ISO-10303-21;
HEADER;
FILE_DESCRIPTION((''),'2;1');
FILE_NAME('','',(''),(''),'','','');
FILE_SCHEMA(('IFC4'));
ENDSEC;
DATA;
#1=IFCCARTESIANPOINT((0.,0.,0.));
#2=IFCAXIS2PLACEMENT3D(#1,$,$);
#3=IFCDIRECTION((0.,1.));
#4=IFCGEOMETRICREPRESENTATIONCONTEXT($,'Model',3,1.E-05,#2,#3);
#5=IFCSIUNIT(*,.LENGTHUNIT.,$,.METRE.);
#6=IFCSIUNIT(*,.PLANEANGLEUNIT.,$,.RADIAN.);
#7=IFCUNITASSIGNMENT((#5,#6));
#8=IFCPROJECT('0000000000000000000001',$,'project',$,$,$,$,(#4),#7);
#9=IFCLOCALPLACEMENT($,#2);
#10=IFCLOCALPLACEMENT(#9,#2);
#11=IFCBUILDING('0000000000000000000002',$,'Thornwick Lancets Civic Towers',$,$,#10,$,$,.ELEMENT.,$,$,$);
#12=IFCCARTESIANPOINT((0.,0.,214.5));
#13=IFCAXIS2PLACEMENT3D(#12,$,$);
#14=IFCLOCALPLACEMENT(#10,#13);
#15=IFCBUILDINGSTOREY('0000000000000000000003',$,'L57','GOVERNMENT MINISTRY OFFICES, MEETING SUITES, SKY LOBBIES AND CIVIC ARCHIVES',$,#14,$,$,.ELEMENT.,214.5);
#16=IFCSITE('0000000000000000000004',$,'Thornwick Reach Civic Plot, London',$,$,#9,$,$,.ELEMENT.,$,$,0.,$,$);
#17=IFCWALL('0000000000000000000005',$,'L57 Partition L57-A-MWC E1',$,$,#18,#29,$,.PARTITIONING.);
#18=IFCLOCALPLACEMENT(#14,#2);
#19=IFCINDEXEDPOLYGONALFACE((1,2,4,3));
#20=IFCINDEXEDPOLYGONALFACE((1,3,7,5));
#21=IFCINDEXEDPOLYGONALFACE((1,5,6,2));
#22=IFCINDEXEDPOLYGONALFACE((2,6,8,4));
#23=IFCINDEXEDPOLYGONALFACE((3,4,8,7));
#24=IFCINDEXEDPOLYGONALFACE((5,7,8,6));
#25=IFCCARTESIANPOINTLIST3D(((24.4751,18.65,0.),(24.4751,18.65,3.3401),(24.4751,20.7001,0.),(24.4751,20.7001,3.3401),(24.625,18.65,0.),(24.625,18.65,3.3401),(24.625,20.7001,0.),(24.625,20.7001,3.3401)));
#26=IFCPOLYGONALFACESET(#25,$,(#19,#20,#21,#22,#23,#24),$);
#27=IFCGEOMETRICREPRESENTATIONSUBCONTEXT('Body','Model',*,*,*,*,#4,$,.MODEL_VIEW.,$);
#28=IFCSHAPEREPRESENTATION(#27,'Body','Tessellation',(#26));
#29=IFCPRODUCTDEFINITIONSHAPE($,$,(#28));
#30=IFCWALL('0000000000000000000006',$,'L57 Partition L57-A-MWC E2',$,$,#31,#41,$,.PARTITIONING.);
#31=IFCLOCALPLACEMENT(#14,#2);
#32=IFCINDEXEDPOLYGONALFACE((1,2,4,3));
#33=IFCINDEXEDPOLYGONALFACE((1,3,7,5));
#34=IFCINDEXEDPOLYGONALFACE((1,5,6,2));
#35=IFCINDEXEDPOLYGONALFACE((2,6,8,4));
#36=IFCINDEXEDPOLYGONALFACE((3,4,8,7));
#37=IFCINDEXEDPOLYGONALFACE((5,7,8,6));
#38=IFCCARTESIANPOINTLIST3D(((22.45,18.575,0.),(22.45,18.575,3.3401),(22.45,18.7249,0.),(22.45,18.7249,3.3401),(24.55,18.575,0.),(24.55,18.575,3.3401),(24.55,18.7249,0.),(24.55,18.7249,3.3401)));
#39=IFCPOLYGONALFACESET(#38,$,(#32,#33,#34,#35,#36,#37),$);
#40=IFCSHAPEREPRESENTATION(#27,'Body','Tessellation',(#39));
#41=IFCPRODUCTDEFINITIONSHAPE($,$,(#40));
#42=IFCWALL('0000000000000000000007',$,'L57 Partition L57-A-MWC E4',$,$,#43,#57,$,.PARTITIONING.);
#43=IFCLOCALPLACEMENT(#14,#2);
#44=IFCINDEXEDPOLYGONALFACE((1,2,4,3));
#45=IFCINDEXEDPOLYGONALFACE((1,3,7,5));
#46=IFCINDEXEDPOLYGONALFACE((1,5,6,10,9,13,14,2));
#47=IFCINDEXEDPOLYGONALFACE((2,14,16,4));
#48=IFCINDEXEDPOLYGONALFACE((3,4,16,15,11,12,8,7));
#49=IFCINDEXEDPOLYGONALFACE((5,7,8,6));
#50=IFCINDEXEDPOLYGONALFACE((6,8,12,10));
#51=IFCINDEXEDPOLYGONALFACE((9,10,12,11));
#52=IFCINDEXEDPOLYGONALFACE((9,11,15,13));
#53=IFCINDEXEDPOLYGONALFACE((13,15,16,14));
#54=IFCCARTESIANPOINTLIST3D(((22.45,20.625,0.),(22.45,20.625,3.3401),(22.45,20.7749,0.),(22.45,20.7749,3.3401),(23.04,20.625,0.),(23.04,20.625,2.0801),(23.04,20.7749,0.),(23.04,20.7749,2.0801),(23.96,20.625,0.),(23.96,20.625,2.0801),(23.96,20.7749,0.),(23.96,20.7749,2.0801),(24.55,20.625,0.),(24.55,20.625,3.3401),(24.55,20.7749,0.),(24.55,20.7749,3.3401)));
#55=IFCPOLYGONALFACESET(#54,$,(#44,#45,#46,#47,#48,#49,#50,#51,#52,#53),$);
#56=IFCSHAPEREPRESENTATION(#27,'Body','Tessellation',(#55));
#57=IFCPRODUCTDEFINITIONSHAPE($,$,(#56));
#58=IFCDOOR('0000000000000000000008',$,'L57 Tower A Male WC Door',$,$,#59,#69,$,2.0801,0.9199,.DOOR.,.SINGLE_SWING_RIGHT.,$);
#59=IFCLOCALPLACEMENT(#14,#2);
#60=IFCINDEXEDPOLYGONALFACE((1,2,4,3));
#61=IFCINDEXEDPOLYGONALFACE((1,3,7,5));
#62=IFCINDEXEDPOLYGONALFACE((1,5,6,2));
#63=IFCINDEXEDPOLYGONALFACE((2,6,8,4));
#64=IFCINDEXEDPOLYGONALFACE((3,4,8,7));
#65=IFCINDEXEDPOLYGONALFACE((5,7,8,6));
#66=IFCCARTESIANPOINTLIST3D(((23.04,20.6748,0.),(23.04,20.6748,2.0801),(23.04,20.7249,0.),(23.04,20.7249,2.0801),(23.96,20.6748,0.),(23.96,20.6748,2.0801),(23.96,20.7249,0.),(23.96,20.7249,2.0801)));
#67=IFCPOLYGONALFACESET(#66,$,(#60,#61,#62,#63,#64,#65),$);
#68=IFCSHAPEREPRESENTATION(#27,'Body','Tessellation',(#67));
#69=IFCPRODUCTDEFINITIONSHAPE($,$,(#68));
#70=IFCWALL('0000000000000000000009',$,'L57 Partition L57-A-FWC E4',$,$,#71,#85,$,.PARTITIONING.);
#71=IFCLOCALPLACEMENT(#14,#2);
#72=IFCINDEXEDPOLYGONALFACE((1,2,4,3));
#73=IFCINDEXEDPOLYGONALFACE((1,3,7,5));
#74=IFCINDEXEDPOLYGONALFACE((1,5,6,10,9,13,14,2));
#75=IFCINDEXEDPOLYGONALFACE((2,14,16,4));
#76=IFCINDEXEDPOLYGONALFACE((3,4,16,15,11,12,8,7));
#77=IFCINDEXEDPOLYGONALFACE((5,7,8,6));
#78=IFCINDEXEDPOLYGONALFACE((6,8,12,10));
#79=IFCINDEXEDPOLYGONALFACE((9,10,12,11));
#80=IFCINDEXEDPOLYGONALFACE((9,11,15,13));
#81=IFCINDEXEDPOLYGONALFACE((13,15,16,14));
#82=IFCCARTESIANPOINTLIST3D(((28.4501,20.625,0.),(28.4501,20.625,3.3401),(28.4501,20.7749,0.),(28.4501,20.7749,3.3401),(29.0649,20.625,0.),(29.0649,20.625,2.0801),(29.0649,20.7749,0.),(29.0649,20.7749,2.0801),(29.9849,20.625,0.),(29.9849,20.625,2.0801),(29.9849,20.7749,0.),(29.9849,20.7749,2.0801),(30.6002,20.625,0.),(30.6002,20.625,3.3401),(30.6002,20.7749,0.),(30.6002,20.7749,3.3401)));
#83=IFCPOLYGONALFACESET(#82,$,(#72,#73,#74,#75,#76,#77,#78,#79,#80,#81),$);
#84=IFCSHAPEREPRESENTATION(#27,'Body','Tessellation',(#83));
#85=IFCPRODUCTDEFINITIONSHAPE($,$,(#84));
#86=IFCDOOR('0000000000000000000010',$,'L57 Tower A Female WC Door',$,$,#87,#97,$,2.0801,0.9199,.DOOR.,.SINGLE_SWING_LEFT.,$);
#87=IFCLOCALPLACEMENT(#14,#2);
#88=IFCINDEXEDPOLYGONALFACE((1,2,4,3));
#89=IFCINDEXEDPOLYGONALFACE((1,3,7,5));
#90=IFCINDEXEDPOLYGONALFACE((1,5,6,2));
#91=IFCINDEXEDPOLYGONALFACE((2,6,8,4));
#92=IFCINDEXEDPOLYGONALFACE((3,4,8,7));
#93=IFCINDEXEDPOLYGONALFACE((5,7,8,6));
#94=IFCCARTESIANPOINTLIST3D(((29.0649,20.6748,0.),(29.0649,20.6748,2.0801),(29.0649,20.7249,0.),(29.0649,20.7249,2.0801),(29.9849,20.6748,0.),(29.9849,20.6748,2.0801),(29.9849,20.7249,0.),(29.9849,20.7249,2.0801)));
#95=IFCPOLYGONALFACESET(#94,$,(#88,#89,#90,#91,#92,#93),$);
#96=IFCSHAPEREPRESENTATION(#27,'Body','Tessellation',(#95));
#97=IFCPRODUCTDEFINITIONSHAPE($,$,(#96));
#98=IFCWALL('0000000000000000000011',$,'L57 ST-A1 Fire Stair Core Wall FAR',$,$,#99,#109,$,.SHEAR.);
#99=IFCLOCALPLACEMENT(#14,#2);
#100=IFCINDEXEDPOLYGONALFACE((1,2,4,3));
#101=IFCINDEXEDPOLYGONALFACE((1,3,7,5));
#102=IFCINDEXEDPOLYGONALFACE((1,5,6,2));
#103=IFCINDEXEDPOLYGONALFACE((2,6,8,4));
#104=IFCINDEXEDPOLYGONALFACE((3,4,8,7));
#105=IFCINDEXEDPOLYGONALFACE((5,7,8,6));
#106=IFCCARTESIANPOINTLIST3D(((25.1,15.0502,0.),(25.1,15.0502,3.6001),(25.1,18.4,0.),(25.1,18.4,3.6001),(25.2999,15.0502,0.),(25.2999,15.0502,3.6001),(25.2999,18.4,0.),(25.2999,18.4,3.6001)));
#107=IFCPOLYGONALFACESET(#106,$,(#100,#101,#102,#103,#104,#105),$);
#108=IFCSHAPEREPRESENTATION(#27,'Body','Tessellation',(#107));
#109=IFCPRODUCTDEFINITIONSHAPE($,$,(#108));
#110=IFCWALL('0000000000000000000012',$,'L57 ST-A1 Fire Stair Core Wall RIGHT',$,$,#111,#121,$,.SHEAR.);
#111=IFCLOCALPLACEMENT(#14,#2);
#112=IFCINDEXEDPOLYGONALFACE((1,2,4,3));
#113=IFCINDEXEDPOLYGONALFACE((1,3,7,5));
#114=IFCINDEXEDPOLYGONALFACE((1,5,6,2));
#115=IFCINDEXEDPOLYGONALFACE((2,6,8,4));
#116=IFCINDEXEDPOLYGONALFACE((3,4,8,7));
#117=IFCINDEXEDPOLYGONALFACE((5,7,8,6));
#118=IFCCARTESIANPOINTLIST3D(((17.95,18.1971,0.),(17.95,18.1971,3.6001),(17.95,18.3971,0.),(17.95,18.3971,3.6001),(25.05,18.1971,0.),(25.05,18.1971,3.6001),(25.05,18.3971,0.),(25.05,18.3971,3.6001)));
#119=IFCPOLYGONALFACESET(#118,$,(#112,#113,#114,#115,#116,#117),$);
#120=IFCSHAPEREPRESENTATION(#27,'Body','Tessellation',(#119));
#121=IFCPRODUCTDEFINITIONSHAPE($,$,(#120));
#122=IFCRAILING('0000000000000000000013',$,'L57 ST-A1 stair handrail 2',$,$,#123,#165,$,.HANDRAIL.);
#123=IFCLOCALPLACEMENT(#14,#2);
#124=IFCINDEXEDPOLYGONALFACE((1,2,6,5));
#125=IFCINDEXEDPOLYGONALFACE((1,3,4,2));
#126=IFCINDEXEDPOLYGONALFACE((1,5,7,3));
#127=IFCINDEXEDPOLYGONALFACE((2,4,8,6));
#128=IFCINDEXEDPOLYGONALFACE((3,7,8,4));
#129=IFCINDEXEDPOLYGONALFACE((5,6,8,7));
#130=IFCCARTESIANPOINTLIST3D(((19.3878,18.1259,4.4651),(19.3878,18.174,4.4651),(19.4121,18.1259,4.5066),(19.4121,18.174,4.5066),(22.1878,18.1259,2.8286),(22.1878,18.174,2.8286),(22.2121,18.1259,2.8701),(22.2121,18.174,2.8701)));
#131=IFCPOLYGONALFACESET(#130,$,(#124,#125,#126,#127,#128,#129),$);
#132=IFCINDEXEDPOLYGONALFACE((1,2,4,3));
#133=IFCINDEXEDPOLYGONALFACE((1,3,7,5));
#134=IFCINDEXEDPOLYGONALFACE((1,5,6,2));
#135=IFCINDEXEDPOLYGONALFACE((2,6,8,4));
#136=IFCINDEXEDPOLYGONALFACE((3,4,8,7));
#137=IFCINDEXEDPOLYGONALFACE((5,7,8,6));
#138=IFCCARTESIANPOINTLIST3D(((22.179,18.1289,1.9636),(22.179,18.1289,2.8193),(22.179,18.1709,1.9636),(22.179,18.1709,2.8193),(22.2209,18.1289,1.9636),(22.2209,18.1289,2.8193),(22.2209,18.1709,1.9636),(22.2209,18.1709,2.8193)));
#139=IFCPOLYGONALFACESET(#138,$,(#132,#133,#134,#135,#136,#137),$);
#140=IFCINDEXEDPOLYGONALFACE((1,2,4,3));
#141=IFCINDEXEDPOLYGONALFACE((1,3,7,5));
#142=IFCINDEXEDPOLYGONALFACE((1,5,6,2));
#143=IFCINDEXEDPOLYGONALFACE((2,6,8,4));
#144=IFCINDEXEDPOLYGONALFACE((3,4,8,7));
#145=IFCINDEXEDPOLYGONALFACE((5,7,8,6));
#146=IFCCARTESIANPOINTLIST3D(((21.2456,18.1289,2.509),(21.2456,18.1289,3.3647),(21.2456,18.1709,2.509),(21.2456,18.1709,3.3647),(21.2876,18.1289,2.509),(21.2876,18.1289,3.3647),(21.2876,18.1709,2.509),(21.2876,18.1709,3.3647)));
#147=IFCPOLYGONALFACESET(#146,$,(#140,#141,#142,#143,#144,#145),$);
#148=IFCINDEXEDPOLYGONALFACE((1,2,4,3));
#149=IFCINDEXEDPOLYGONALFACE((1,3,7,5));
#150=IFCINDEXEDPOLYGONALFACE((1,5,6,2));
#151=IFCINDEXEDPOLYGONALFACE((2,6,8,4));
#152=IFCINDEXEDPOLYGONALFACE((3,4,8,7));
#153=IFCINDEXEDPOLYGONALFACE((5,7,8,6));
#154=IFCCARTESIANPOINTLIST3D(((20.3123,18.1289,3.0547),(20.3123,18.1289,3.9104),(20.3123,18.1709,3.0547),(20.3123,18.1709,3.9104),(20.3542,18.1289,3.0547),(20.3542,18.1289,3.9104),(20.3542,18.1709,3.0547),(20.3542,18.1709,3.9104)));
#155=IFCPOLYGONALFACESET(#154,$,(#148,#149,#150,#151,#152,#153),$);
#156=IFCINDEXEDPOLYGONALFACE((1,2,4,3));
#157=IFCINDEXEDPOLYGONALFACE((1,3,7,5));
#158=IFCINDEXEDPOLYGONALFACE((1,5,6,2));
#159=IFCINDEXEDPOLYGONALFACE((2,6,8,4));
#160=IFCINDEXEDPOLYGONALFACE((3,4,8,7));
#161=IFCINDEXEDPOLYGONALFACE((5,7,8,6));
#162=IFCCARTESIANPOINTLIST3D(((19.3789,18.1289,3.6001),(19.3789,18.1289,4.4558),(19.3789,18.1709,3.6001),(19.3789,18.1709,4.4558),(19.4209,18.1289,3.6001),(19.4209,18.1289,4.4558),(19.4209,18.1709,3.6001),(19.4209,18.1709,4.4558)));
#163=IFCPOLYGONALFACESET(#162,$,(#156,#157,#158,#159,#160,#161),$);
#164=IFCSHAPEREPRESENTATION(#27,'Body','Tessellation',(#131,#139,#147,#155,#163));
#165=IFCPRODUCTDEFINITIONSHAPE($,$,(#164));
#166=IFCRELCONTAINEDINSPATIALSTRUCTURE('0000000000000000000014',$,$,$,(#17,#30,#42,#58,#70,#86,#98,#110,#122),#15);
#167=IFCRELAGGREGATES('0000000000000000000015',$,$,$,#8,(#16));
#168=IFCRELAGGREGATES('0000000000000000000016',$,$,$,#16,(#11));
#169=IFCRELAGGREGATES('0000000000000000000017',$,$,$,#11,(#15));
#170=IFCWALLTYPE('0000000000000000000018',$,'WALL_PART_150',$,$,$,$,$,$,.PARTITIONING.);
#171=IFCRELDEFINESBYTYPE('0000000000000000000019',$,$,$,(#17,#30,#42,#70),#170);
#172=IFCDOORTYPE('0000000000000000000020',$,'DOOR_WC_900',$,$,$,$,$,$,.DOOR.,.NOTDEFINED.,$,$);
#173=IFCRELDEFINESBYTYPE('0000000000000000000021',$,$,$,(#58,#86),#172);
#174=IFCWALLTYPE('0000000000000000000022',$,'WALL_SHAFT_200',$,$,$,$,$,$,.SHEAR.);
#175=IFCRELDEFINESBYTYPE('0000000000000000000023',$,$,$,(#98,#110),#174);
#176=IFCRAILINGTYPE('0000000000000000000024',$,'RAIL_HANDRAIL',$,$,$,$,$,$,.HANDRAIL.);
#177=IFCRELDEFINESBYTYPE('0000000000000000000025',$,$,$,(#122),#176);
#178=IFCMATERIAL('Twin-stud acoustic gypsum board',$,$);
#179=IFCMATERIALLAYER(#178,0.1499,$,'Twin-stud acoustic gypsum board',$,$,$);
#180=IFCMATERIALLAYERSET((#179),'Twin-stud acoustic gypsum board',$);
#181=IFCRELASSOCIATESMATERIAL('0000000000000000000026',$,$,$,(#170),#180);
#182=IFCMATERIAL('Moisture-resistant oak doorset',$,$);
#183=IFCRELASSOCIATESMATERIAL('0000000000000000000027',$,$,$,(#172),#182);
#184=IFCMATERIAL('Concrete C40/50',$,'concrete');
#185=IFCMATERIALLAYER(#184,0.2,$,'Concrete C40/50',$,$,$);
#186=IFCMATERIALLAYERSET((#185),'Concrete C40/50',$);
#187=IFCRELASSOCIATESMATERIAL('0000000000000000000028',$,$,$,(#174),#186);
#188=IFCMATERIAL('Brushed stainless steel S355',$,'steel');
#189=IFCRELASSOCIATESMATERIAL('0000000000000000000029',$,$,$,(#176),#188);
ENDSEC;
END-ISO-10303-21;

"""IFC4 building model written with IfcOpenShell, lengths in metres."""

from ifc_helpers import new_model, si_unit, direction, frame, frame_2d, origin, origin_2d, place, context, subcontext, project, spatial, rectangle, extrude, material, layer, layer_set, type_object, element, fill, save


model = new_model("IFC4")

# Units and contexts
model_context = context("Model", 3, precision=1e-05, world=origin(), true_north=direction((0.0, 1.0)))
body_context = subcontext(model_context, "Body", "Model", "MODEL_VIEW")
ifc_project = project(units=[si_unit("LENGTHUNIT", "METRE"), si_unit("PLANEANGLEUNIT", "RADIAN")], contexts=[model_context])

# Site, building, storey
site_placement = place(None, origin())
site = spatial("IfcSite", under=ifc_project, at=site_placement, Name="Thornwick Reach Civic Plot, London", CompositionType="ELEMENT", RefElevation=0.0)
building_placement = place(site_placement, origin())
building = spatial("IfcBuilding", under=site, at=building_placement, Name="Thornwick Lancets Civic Towers", CompositionType="ELEMENT")
storey_placement = place(building_placement, frame((0.0, 0.0, 214.5)))
storey = spatial("IfcBuildingStorey", under=building, at=storey_placement, Name="L57", Description="GOVERNMENT MINISTRY OFFICES, MEETING SUITES, SKY LOBBIES AND CIVIC ARCHIVES", CompositionType="ELEMENT", Elevation=214.5)

# Shared definitions
ifc_material_1 = material(Name="Concrete C40/50", Category="concrete")

# Walls
ifc_material_2 = material(Name="Twin-stud acoustic gypsum board")
ifc_layer_1 = layer(ifc_material_2, 0.1499, Name="Twin-stud acoustic gypsum board")
ifc_layer_set_1 = layer_set([ifc_layer_1], Name="Twin-stud acoustic gypsum board")
wall_type_1 = type_object("IfcWallType", Name="WALL_PART_150", PredefinedType="PARTITIONING", material=ifc_layer_set_1)
wall_1_placement = place(storey_placement, frame((24.55, 20.7, 0.0), z_axis=(0.0, 0.0, 1.0), x_axis=(0.0, -1.0, 0.0)))
element("IfcWall", 1, at=wall_1_placement, inside=storey, type_object=wall_type_1, Name="L57 Partition L57-A-MWC E1", PredefinedType="PARTITIONING", context=body_context, shape_type="SweptSolid", body=[
    extrude(rectangle(XDim=2.05, YDim=0.1499, at=frame_2d((1.0249, 0.0))), origin(), (0.0, 0.0, 1.0), 3.3401),
])
wall_2_placement = place(storey_placement, frame((24.55, 18.6499, 0.0), z_axis=(0.0, 0.0, 1.0), x_axis=(-1.0, 0.0, 0.0)))
element("IfcWall", 2, at=wall_2_placement, inside=storey, type_object=wall_type_1, Name="L57 Partition L57-A-MWC E2", PredefinedType="PARTITIONING", context=body_context, shape_type="SweptSolid", body=[
    extrude(rectangle(XDim=2.1001, YDim=0.1499, at=frame_2d((1.05, 0.0))), origin(), (0.0, 0.0, 1.0), 3.3401),
])

# Walls, openings, doors
wall_3_placement = place(storey_placement, frame((22.45, 20.7, 0.0), z_axis=(0.0, 0.0, 1.0), x_axis=(1.0, 0.0, 0.0)))
wall_3 = element("IfcWall", 3, at=wall_3_placement, inside=storey, type_object=wall_type_1, Name="L57 Partition L57-A-MWC E4", PredefinedType="PARTITIONING", context=body_context, shape_type="SweptSolid", body=[
    extrude(rectangle(XDim=2.1001, YDim=0.1499, at=frame_2d((1.05, 0.0))), origin(), (0.0, 0.0, 1.0), 3.3401),
])
opening_1_placement = place(wall_3_placement, frame((0.5901, 0.0, 0.0)))
opening_1 = element("IfcOpeningElement", 4, at=opening_1_placement, cuts=wall_3, PredefinedType="OPENING", context=body_context, shape_type="SweptSolid", body=[
    extrude(rectangle(XDim=0.9199, YDim=2.0801, at=frame_2d((0.46, 1.04))), frame((0.0, 0.085, 0.0), z_axis=(0.0, -1.0, 0.0), x_axis=(1.0, 0.0, 0.0)), (0.0, 0.0, 1.0), 0.1699),
])
ifc_material_3 = material(Name="Moisture-resistant oak doorset")
door_type_1 = type_object("IfcDoorType", Name="DOOR_WC_900", OperationType="NOTDEFINED", PredefinedType="DOOR", material=ifc_material_3)
door_1_placement = place(opening_1_placement, origin())
door_1 = element("IfcDoor", 5, at=door_1_placement, inside=storey, type_object=door_type_1, Name="L57 Tower A Male WC Door", OperationType="SINGLE_SWING_RIGHT", OverallHeight=2.0801, OverallWidth=0.9199, PredefinedType="DOOR", context=body_context, shape_type="SweptSolid", body=[
    extrude(rectangle(XDim=0.9199, YDim=2.0801, at=frame_2d((0.46, 1.04))), frame((0.0, 0.0249, 0.0), z_axis=(0.0, -1.0, 0.0), x_axis=(1.0, 0.0, 0.0)), (0.0, 0.0, 1.0), 0.05),
])
fill(opening_1, door_1)
wall_4_placement = place(storey_placement, frame((28.45, 20.7, 0.0), z_axis=(0.0, 0.0, 1.0), x_axis=(1.0, 0.0, 0.0)))
wall_4 = element("IfcWall", 6, at=wall_4_placement, inside=storey, type_object=wall_type_1, Name="L57 Partition L57-A-FWC E4", PredefinedType="PARTITIONING", context=body_context, shape_type="SweptSolid", body=[
    extrude(rectangle(XDim=2.1501, YDim=0.1499, at=frame_2d((1.0752, 0.0))), origin(), (0.0, 0.0, 1.0), 3.3401),
])
opening_2_placement = place(wall_4_placement, frame((0.615, 0.0, 0.0)))
opening_2 = element("IfcOpeningElement", 7, at=opening_2_placement, cuts=wall_4, PredefinedType="OPENING", context=body_context, shape_type="SweptSolid", body=[
    extrude(rectangle(XDim=0.9199, YDim=2.0801, at=frame_2d((0.46, 1.04))), frame((0.0, 0.085, 0.0), z_axis=(0.0, -1.0, 0.0), x_axis=(1.0, 0.0, 0.0)), (0.0, 0.0, 1.0), 0.1699),
])
door_2_placement = place(opening_2_placement, origin())
door_2 = element("IfcDoor", 8, at=door_2_placement, inside=storey, type_object=door_type_1, Name="L57 Tower A Female WC Door", OperationType="SINGLE_SWING_LEFT", OverallHeight=2.0801, OverallWidth=0.9199, PredefinedType="DOOR", context=body_context, shape_type="SweptSolid", body=[
    extrude(rectangle(XDim=0.9199, YDim=2.0801, at=frame_2d((0.46, 1.04))), frame((0.0, 0.0249, 0.0), z_axis=(0.0, -1.0, 0.0), x_axis=(1.0, 0.0, 0.0)), (0.0, 0.0, 1.0), 0.05),
])
fill(opening_2, door_2)

# Walls
ifc_layer_2 = layer(ifc_material_1, 0.2, Name="Concrete C40/50")
ifc_layer_set_2 = layer_set([ifc_layer_2], Name="Concrete C40/50")
wall_type_2 = type_object("IfcWallType", Name="WALL_SHAFT_200", PredefinedType="SHEAR", material=ifc_layer_set_2)
wall_5_placement = place(storey_placement, frame((25.2, 18.3999, 0.0), z_axis=(0.0, 0.0, 1.0), x_axis=(0.0, -1.0, 0.0)))
element("IfcWall", 9, at=wall_5_placement, inside=storey, type_object=wall_type_2, Name="L57 ST-A1 Fire Stair Core Wall FAR", PredefinedType="SHEAR", context=body_context, shape_type="SweptSolid", body=[
    extrude(rectangle(XDim=3.3499, YDim=0.2, at=frame_2d((1.6748, 0.0))), origin(), (0.0, 0.0, 1.0), 3.6001),
])
wall_6_placement = place(storey_placement, frame((25.05, 18.2971, 0.0), z_axis=(0.0, 0.0, 1.0), x_axis=(-1.0, 0.0, 0.0)))
element("IfcWall", 10, at=wall_6_placement, inside=storey, type_object=wall_type_2, Name="L57 ST-A1 Fire Stair Core Wall RIGHT", PredefinedType="SHEAR", context=body_context, shape_type="SweptSolid", body=[
    extrude(rectangle(XDim=7.1001, YDim=0.2, at=frame_2d((3.55, 0.0))), origin(), (0.0, 0.0, 1.0), 3.6001),
])

# Railing
ifc_material_4 = material(Name="Brushed stainless steel S355", Category="steel")
railing_type_1 = type_object("IfcRailingType", Name="RAIL_HANDRAIL", PredefinedType="HANDRAIL", material=ifc_material_4)
railing_1_placement = place(storey_placement, frame((22.2, 18.1499, 1.9636)))
element("IfcRailing", 11, at=railing_1_placement, inside=storey, type_object=railing_type_1, Name="L57 ST-A1 stair handrail 2", PredefinedType="HANDRAIL", context=body_context, shape_type="SweptSolid", body=[
    extrude(rectangle(XDim=0.0481, YDim=0.0481, at=origin_2d()), frame((0.0, 0.0, 0.8857), z_axis=(-0.863361, 0.0, 0.504587), x_axis=(0.0, -1.0, 0.0)), (0.0, 0.0, 1.0), 3.2432),
    extrude(rectangle(XDim=0.042, YDim=0.042, at=origin_2d()), origin(), (0.0, 0.0, 1.0), 0.8557),
    extrude(rectangle(XDim=0.042, YDim=0.042, at=origin_2d()), frame((-0.9333, 0.0, 0.5454)), (0.0, 0.0, 1.0), 0.8557),
    extrude(rectangle(XDim=0.042, YDim=0.042, at=origin_2d()), frame((-1.8667, 0.0, 1.0911)), (0.0, 0.0, 1.0), 0.8557),
    extrude(rectangle(XDim=0.042, YDim=0.042, at=origin_2d()), frame((-2.8, 0.0, 1.6365)), (0.0, 0.0, 1.0), 0.8557),
])

save(model, "model.ifc")
